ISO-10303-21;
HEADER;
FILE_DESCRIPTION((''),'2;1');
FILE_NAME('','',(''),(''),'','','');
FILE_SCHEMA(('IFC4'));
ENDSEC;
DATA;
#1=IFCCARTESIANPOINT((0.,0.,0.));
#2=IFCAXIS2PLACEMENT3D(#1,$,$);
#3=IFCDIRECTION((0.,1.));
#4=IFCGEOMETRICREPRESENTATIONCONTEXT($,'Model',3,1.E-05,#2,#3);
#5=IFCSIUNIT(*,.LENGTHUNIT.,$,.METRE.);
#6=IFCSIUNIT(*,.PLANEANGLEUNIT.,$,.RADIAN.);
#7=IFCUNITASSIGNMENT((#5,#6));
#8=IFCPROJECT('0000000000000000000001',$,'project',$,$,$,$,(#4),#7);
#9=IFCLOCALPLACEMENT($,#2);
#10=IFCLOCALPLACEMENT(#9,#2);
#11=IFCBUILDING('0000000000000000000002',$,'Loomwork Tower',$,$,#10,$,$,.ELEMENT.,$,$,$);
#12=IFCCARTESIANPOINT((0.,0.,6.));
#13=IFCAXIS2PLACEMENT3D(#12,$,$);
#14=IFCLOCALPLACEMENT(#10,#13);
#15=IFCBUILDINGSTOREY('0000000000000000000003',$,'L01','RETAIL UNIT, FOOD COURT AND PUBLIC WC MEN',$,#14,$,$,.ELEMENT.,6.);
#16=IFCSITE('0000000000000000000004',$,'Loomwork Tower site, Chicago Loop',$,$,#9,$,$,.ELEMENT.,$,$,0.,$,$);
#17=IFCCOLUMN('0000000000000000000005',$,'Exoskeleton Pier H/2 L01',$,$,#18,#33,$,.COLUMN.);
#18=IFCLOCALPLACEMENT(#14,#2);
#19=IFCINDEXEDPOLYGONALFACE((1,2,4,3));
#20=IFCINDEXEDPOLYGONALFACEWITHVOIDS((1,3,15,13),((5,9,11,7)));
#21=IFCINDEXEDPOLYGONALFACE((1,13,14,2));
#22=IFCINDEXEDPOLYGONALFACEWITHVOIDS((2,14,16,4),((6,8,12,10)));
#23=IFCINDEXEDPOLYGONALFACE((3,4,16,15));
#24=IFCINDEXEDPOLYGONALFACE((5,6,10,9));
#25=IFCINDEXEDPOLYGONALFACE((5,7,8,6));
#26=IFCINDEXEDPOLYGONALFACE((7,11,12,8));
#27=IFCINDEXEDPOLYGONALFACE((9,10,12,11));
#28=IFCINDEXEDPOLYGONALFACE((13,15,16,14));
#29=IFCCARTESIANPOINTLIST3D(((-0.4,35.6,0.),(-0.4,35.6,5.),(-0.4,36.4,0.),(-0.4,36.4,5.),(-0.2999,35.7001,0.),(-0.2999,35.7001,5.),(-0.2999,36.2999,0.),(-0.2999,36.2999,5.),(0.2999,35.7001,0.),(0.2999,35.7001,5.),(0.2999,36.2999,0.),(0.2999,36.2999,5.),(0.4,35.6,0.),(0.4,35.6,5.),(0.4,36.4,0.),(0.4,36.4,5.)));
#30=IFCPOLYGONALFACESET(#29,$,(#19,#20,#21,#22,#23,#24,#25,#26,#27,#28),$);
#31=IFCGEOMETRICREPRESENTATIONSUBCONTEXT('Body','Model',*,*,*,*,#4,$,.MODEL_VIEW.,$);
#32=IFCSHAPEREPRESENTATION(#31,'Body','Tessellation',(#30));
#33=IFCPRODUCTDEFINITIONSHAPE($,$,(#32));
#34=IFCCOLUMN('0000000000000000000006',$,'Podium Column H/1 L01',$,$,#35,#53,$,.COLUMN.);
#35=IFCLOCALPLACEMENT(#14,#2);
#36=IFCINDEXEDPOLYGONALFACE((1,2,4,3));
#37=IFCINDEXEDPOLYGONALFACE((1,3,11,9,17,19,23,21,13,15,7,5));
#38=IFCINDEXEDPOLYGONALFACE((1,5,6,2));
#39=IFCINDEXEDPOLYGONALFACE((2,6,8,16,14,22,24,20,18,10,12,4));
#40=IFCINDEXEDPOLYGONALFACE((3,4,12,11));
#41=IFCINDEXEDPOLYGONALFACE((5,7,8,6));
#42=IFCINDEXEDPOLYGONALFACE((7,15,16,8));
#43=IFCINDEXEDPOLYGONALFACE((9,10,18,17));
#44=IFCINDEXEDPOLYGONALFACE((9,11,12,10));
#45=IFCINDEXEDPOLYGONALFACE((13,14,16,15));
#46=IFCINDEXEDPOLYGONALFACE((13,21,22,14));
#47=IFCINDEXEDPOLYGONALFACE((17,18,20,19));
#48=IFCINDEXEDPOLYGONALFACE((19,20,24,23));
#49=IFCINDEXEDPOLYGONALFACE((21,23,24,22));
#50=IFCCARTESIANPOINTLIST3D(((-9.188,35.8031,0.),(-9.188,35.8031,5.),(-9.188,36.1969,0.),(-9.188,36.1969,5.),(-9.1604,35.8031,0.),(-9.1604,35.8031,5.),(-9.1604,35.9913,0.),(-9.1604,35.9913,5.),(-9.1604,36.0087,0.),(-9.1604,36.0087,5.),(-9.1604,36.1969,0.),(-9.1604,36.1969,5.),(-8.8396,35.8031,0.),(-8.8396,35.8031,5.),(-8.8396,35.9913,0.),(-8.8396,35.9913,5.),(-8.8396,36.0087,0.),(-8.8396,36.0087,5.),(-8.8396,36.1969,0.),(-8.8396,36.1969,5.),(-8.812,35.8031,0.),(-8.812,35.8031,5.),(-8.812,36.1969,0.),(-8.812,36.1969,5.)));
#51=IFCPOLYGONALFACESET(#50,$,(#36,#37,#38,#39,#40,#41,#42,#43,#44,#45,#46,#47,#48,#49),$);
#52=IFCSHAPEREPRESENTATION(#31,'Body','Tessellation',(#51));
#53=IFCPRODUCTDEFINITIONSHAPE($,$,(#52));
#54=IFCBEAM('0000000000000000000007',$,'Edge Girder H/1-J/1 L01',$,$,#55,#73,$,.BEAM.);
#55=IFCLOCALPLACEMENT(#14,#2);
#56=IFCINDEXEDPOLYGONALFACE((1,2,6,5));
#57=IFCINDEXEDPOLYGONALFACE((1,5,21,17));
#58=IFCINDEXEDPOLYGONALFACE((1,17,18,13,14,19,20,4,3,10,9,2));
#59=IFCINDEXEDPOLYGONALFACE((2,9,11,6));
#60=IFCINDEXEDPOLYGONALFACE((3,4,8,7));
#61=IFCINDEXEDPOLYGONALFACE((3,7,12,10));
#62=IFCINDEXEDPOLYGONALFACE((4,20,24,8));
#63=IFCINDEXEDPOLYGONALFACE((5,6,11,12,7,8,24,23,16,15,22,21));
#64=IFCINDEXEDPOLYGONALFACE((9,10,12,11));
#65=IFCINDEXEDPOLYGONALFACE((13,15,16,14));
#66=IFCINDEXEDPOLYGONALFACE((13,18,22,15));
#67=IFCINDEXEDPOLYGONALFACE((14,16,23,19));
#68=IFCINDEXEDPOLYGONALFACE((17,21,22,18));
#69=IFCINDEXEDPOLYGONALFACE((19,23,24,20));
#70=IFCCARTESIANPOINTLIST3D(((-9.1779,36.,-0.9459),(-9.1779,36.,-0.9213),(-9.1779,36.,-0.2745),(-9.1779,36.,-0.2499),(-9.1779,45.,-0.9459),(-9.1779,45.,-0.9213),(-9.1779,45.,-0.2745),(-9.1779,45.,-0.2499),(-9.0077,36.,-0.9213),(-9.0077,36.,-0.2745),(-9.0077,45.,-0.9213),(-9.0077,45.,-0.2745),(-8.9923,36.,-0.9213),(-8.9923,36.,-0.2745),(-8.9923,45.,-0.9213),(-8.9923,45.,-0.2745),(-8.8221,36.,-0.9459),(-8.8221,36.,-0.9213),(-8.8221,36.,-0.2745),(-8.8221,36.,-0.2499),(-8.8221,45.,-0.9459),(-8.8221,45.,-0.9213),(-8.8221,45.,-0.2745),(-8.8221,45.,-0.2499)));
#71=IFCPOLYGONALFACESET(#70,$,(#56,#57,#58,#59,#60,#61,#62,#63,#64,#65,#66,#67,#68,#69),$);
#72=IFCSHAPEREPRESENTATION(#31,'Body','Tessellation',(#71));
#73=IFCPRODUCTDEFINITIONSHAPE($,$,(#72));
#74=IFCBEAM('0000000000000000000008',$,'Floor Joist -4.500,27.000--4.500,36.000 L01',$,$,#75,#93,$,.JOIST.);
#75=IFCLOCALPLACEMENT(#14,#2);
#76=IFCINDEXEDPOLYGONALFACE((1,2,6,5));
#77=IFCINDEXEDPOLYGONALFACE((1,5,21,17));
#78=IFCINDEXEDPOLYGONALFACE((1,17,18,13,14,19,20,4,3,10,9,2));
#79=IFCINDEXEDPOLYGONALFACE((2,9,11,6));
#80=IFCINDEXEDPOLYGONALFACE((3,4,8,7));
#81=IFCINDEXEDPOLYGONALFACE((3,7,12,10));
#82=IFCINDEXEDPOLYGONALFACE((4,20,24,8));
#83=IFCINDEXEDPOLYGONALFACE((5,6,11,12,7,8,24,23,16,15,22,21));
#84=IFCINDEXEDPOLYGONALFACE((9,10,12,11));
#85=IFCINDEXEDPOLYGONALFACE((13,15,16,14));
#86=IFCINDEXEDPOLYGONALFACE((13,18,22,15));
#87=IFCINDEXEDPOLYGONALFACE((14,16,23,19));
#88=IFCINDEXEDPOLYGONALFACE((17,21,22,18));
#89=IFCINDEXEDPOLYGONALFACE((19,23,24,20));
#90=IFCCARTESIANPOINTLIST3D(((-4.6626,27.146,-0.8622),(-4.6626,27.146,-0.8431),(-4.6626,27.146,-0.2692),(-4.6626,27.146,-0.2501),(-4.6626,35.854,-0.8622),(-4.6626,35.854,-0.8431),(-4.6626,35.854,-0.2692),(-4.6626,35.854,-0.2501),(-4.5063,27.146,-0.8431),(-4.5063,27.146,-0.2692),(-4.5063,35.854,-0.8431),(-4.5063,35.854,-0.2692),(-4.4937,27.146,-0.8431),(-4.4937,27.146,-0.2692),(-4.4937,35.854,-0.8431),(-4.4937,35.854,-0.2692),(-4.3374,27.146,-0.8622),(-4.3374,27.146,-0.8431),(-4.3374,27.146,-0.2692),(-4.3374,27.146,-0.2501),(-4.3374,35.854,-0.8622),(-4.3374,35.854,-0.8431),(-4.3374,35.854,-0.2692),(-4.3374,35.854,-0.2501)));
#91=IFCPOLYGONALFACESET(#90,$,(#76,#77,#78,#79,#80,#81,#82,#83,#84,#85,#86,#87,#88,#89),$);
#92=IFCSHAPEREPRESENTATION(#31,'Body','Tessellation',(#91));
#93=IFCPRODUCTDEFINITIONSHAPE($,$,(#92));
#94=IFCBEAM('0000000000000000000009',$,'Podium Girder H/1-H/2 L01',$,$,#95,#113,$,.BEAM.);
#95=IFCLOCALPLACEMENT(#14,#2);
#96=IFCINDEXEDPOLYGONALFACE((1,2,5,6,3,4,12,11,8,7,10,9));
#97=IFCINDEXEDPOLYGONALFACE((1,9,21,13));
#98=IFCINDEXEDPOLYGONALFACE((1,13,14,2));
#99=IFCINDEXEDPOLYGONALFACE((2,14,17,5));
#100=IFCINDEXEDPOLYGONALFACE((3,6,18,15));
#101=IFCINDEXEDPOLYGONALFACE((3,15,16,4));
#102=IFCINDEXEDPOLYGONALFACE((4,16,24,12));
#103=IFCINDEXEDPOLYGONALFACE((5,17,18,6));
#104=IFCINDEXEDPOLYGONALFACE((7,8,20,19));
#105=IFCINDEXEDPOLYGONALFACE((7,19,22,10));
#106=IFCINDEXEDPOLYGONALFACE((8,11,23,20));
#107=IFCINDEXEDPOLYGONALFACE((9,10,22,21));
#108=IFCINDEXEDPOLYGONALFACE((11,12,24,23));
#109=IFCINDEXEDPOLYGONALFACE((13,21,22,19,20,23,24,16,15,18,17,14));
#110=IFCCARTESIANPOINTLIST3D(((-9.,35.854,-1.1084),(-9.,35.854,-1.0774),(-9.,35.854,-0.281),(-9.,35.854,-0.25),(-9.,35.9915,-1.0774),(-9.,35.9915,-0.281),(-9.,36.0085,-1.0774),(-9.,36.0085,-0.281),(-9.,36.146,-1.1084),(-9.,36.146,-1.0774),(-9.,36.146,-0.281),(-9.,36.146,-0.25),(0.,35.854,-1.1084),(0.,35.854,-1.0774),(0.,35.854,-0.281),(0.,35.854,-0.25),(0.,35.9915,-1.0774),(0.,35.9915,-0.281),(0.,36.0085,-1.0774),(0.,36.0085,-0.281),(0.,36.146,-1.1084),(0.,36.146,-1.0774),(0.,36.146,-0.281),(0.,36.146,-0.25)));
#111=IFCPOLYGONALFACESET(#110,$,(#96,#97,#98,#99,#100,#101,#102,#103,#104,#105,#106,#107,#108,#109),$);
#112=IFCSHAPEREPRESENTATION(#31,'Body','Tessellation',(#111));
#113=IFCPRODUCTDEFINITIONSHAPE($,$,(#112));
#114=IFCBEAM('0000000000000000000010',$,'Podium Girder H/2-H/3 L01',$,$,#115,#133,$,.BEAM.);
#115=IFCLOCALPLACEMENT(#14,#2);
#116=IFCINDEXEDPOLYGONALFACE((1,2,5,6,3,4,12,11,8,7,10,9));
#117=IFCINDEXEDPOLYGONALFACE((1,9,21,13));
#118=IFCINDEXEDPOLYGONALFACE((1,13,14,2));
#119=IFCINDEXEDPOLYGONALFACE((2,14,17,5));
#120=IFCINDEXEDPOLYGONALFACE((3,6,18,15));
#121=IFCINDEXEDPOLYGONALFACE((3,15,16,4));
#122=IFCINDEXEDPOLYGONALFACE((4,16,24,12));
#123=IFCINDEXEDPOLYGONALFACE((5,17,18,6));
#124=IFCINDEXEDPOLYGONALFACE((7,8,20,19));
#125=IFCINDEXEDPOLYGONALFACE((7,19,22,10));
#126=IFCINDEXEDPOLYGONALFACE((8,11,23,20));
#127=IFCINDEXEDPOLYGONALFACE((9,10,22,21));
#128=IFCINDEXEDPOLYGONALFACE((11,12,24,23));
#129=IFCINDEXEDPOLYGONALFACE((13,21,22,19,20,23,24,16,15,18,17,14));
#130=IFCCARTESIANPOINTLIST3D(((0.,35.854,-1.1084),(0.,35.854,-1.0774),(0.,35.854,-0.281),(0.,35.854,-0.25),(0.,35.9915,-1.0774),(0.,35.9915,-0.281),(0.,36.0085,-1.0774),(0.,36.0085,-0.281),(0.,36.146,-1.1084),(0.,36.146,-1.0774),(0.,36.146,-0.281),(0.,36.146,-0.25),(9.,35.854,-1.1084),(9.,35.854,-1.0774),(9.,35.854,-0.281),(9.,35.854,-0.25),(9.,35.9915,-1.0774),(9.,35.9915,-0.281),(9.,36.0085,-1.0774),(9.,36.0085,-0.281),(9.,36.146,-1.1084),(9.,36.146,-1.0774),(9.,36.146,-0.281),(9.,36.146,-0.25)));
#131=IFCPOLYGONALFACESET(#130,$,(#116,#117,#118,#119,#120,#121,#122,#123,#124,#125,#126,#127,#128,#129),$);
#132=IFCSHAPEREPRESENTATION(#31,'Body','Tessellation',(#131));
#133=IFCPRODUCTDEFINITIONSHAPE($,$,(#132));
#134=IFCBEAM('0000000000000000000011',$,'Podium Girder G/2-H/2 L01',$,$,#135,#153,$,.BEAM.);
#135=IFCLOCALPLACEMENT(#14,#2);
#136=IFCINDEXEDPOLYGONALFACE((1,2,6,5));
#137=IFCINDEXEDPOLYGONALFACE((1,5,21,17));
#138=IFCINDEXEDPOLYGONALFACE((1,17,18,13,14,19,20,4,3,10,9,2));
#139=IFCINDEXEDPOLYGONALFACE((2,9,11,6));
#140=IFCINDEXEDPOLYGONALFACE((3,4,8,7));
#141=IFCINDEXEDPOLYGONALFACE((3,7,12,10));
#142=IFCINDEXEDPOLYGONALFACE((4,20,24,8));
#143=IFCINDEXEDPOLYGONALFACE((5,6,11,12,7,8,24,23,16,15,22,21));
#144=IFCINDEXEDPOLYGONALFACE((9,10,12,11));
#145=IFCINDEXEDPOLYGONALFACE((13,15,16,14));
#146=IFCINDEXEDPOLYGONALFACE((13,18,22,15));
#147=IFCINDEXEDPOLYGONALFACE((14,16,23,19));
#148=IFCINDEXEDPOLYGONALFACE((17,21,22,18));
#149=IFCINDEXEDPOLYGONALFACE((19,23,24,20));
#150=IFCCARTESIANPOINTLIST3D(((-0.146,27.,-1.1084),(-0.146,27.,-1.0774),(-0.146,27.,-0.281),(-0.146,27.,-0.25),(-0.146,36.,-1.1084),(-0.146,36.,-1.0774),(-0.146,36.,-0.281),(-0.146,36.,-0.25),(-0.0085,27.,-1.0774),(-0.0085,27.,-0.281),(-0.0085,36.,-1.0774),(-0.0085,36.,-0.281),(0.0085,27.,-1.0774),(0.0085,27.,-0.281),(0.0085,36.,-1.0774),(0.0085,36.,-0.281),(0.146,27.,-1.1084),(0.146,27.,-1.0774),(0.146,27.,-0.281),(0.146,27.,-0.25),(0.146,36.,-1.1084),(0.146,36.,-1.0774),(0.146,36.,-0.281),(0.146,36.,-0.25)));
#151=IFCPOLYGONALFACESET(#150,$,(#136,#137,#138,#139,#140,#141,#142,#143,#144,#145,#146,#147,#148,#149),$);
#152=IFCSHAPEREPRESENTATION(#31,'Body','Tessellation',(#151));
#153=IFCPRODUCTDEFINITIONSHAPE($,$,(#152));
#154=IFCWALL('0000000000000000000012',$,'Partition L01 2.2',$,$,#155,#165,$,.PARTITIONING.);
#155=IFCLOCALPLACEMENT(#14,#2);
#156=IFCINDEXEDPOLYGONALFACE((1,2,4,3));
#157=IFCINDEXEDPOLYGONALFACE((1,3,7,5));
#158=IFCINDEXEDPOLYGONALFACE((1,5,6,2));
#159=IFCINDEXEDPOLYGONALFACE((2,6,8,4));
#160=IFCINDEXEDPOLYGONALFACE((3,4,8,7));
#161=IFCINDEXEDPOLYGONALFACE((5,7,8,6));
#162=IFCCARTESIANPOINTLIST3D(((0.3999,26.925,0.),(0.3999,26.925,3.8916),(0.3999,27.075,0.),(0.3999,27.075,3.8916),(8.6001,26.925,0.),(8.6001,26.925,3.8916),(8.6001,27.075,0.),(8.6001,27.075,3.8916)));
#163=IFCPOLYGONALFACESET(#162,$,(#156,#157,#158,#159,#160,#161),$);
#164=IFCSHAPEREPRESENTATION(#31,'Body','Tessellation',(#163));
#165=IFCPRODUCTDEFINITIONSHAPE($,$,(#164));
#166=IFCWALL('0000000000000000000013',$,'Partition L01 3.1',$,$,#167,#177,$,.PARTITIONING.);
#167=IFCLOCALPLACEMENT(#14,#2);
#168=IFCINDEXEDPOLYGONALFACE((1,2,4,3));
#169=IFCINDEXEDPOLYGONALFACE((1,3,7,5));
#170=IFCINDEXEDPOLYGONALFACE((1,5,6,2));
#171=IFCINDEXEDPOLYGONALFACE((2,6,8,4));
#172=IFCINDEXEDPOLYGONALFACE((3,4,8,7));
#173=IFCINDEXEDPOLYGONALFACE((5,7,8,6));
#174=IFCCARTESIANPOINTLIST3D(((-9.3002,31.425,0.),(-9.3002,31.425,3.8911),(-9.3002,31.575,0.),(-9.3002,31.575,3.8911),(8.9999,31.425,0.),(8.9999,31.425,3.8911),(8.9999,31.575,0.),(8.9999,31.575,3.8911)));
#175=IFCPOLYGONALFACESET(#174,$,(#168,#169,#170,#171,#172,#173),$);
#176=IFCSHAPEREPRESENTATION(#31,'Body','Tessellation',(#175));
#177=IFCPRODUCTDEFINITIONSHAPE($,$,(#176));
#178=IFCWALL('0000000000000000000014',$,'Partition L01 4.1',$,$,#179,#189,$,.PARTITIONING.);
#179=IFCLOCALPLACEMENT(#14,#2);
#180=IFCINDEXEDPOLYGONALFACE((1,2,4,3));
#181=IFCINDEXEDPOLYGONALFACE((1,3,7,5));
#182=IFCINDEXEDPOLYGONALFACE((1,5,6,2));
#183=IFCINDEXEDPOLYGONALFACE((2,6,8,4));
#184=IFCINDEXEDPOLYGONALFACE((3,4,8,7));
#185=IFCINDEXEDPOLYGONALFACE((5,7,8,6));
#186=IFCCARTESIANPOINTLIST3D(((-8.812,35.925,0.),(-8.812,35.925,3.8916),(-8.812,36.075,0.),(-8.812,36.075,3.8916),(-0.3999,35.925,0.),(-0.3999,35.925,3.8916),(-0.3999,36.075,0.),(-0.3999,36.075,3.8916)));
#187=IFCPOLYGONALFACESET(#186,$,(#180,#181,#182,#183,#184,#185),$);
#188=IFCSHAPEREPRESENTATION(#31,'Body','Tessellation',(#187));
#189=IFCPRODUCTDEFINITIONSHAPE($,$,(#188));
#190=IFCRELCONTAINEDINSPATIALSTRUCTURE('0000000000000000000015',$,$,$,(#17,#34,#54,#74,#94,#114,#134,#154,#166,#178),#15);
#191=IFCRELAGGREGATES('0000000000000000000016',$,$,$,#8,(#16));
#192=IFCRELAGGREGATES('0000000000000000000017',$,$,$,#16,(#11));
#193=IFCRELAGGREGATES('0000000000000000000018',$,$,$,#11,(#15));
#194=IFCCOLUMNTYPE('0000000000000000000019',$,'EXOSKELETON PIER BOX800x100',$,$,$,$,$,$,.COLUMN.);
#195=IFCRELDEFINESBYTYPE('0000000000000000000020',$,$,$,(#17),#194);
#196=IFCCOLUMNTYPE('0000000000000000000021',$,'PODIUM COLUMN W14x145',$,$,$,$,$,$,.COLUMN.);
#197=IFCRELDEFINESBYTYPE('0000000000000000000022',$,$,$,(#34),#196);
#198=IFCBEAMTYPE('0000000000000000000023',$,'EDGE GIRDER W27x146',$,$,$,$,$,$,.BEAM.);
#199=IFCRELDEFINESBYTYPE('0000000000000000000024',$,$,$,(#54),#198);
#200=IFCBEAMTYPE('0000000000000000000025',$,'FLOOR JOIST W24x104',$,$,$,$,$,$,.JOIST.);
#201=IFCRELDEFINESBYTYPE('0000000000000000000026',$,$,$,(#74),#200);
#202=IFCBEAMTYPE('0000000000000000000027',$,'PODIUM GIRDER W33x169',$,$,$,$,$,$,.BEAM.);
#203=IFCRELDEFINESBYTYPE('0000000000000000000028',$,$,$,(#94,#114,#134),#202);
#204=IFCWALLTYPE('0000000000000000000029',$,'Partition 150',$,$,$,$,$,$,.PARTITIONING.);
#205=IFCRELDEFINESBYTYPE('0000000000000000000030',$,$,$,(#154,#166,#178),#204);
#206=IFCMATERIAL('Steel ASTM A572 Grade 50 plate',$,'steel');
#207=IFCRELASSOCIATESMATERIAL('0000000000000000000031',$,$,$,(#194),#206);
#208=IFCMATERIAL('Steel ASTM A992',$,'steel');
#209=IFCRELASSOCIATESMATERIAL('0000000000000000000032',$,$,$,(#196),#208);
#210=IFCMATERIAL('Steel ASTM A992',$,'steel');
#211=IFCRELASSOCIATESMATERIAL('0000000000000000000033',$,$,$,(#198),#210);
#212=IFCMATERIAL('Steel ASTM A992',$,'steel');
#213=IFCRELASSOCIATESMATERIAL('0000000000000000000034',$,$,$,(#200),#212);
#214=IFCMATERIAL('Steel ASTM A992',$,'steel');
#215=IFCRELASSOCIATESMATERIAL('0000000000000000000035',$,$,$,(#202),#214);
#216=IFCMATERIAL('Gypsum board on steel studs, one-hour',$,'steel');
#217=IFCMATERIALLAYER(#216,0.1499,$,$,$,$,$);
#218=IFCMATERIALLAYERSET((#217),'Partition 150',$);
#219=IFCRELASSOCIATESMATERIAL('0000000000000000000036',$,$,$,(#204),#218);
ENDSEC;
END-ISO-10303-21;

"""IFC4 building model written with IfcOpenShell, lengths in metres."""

from ifc_helpers import new_model, si_unit, direction, frame, frame_2d, origin, origin_2d, place, context, subcontext, project, spatial, rectangle, hollow_rectangle, i_section, extrude, material, layer, layer_set, material_profile, profile_set, type_object, element, save


model = new_model("IFC4")

# Units and contexts
model_context = context("Model", 3, precision=1e-05, world=origin(), true_north=direction((0.0, 1.0)))
body_context = subcontext(model_context, "Body", "Model", "MODEL_VIEW")
ifc_project = project(units=[si_unit("LENGTHUNIT", "METRE"), si_unit("PLANEANGLEUNIT", "RADIAN")], contexts=[model_context])

# Site, building, storey
site_placement = place(None, origin())
site = spatial("IfcSite", under=ifc_project, at=site_placement, Name="Loomwork Tower site, Chicago Loop", CompositionType="ELEMENT", RefElevation=0.0)
building_placement = place(site_placement, origin())
building = spatial("IfcBuilding", under=site, at=building_placement, Name="Loomwork Tower", CompositionType="ELEMENT")
storey_placement = place(building_placement, frame((0.0, 0.0, 6.0)))
storey = spatial("IfcBuildingStorey", under=building, at=storey_placement, Name="L01", Description="RETAIL UNIT, FOOD COURT AND PUBLIC WC MEN", CompositionType="ELEMENT", Elevation=6.0)

# Columns
ifc_material_1 = material(Name="Steel ASTM A572 Grade 50 plate", Category="steel")
ifc_material_profile_1 = material_profile(ifc_material_1, hollow_rectangle(XDim=0.8, YDim=0.8, WallThickness=0.1001, at=origin_2d()), Name="BOX800x100")
ifc_profile_set_1 = profile_set([ifc_material_profile_1], Name="Steel ASTM A572 Grade 50 plate")
column_type_1 = type_object("IfcColumnType", Name="EXOSKELETON PIER BOX800x100", PredefinedType="COLUMN", material=ifc_profile_set_1)
column_1_placement = place(storey_placement, frame((0.0, 36.0, 0.0), z_axis=(0.0, 0.0, 1.0), x_axis=(1.0, 0.0, 0.0)))
element("IfcColumn", 1, at=column_1_placement, inside=storey, type_object=column_type_1, Name="Exoskeleton Pier H/2 L01", PredefinedType="COLUMN", context=body_context, shape_type="SweptSolid", body=[
    extrude(hollow_rectangle(XDim=0.8, YDim=0.8, WallThickness=0.1001, at=origin_2d()), origin(), (0.0, 0.0, 1.0), 5.0),
])
ifc_material_2 = material(Name="Steel ASTM A992", Category="steel")
ifc_material_profile_2 = material_profile(ifc_material_2, i_section(OverallWidth=0.3938, OverallDepth=0.376, WebThickness=0.0173, FlangeThickness=0.0276, at=origin_2d()), Name="W14x145")
ifc_profile_set_2 = profile_set([ifc_material_profile_2], Name="Steel ASTM A992")
column_type_2 = type_object("IfcColumnType", Name="PODIUM COLUMN W14x145", PredefinedType="COLUMN", material=ifc_profile_set_2)
column_2_placement = place(storey_placement, frame((-9.0, 36.0, 0.0), z_axis=(0.0, 0.0, 1.0), x_axis=(0.0, 1.0, 0.0)))
element("IfcColumn", 2, at=column_2_placement, inside=storey, type_object=column_type_2, Name="Podium Column H/1 L01", PredefinedType="COLUMN", context=body_context, shape_type="SweptSolid", body=[
    extrude(i_section(OverallWidth=0.3938, OverallDepth=0.376, WebThickness=0.0173, FlangeThickness=0.0276, at=origin_2d()), origin(), (0.0, 0.0, 1.0), 5.0),
])

# Beams
ifc_material_3 = material(Name="Steel ASTM A992", Category="steel")
ifc_material_profile_3 = material_profile(ifc_material_3, i_section(OverallWidth=0.3557, OverallDepth=0.696, WebThickness=0.0154, FlangeThickness=0.0247, at=origin_2d()), Name="W27x146")
ifc_profile_set_3 = profile_set([ifc_material_profile_3], Name="Steel ASTM A992")
beam_type_1 = type_object("IfcBeamType", Name="EDGE GIRDER W27x146", PredefinedType="BEAM", material=ifc_profile_set_3)
beam_1_placement = place(storey_placement, frame((-9.0, 36.0, -0.5979), z_axis=(0.0, 1.0, 0.0), x_axis=(-1.0, 0.0, 0.0)))
element("IfcBeam", 3, at=beam_1_placement, inside=storey, type_object=beam_type_1, Name="Edge Girder H/1-J/1 L01", PredefinedType="BEAM", context=body_context, shape_type="SweptSolid", body=[
    extrude(i_section(OverallWidth=0.3557, OverallDepth=0.696, WebThickness=0.0154, FlangeThickness=0.0247, at=origin_2d()), origin(), (0.0, 0.0, 1.0), 9.0),
])
ifc_material_4 = material(Name="Steel ASTM A992", Category="steel")
ifc_material_profile_4 = material_profile(ifc_material_4, i_section(OverallWidth=0.3252, OverallDepth=0.6121, WebThickness=0.0127, FlangeThickness=0.019, at=origin_2d()), Name="W24x104")
ifc_profile_set_4 = profile_set([ifc_material_profile_4], Name="Steel ASTM A992")
beam_type_2 = type_object("IfcBeamType", Name="FLOOR JOIST W24x104", PredefinedType="JOIST", material=ifc_profile_set_4)
beam_2_placement = place(storey_placement, frame((-4.5, 27.146, -0.5562), z_axis=(0.0, 1.0, 0.0), x_axis=(-1.0, 0.0, 0.0)))
element("IfcBeam", 4, at=beam_2_placement, inside=storey, type_object=beam_type_2, Name="Floor Joist -4.500,27.000--4.500,36.000 L01", PredefinedType="JOIST", context=body_context, shape_type="SweptSolid", body=[
    extrude(i_section(OverallWidth=0.3252, OverallDepth=0.6121, WebThickness=0.0127, FlangeThickness=0.019, at=origin_2d()), origin(), (0.0, 0.0, 1.0), 8.708),
])
ifc_material_5 = material(Name="Steel ASTM A992", Category="steel")
ifc_material_profile_5 = material_profile(ifc_material_5, i_section(OverallWidth=0.292, OverallDepth=0.8584, WebThickness=0.0171, FlangeThickness=0.031, at=origin_2d()), Name="W33x169")
ifc_profile_set_5 = profile_set([ifc_material_profile_5], Name="Steel ASTM A992")
beam_type_3 = type_object("IfcBeamType", Name="PODIUM GIRDER W33x169", PredefinedType="BEAM", material=ifc_profile_set_5)
for number, where, z_axis, x_axis, name in (
    (5, (-9.0, 36.0, -0.6792), (1.0, 0.0, 0.0), (0.0, 1.0, 0.0), "Podium Girder H/1-H/2 L01"),
    (6, (0.0, 36.0, -0.6792), (1.0, 0.0, 0.0), (0.0, 1.0, 0.0), "Podium Girder H/2-H/3 L01"),
    (7, (0.0, 27.0, -0.6792), (0.0, 1.0, 0.0), (-1.0, 0.0, 0.0), "Podium Girder G/2-H/2 L01"),
):
    element("IfcBeam", number, at=place(storey_placement, frame(where, z_axis=z_axis, x_axis=x_axis)), inside=storey, type_object=beam_type_3, Name=name, PredefinedType="BEAM", context=body_context, shape_type="SweptSolid", body=[
        extrude(i_section(OverallWidth=0.292, OverallDepth=0.8584, WebThickness=0.0171, FlangeThickness=0.031, at=origin_2d()), origin(), (0.0, 0.0, 1.0), 9.0),
    ])

# Walls
ifc_material_6 = material(Name="Gypsum board on steel studs, one-hour", Category="steel")
ifc_layer_1 = layer(ifc_material_6, 0.1499)
ifc_layer_set_1 = layer_set([ifc_layer_1], Name="Partition 150")
wall_type = type_object("IfcWallType", Name="Partition 150", PredefinedType="PARTITIONING", material=ifc_layer_set_1)
wall_1_placement = place(storey_placement, frame((0.3999, 27.0, 0.0), z_axis=(0.0, 0.0, 1.0), x_axis=(1.0, 0.0, 0.0)))
element("IfcWall", 8, at=wall_1_placement, inside=storey, type_object=wall_type, Name="Partition L01 2.2", PredefinedType="PARTITIONING", context=body_context, shape_type="SweptSolid", body=[
    extrude(rectangle(XDim=8.2002, YDim=0.1499, at=frame_2d((4.1001, 0.0))), origin(), (0.0, 0.0, 1.0), 3.8916),
])
wall_2_placement = place(storey_placement, frame((-9.3, 31.5, 0.0), z_axis=(0.0, 0.0, 1.0), x_axis=(1.0, 0.0, 0.0)))
element("IfcWall", 9, at=wall_2_placement, inside=storey, type_object=wall_type, Name="Partition L01 3.1", PredefinedType="PARTITIONING", context=body_context, shape_type="SweptSolid", body=[
    extrude(rectangle(XDim=18.3, YDim=0.1499, at=frame_2d((9.1499, 0.0))), origin(), (0.0, 0.0, 1.0), 3.8911),
])
wall_3_placement = place(storey_placement, frame((-8.812, 36.0, 0.0), z_axis=(0.0, 0.0, 1.0), x_axis=(1.0, 0.0, 0.0)))
element("IfcWall", 10, at=wall_3_placement, inside=storey, type_object=wall_type, Name="Partition L01 4.1", PredefinedType="PARTITIONING", context=body_context, shape_type="SweptSolid", body=[
    extrude(rectangle(XDim=8.4121, YDim=0.1499, at=frame_2d((4.2061, 0.0))), origin(), (0.0, 0.0, 1.0), 3.8916),
])

save(model, "model.ifc")
